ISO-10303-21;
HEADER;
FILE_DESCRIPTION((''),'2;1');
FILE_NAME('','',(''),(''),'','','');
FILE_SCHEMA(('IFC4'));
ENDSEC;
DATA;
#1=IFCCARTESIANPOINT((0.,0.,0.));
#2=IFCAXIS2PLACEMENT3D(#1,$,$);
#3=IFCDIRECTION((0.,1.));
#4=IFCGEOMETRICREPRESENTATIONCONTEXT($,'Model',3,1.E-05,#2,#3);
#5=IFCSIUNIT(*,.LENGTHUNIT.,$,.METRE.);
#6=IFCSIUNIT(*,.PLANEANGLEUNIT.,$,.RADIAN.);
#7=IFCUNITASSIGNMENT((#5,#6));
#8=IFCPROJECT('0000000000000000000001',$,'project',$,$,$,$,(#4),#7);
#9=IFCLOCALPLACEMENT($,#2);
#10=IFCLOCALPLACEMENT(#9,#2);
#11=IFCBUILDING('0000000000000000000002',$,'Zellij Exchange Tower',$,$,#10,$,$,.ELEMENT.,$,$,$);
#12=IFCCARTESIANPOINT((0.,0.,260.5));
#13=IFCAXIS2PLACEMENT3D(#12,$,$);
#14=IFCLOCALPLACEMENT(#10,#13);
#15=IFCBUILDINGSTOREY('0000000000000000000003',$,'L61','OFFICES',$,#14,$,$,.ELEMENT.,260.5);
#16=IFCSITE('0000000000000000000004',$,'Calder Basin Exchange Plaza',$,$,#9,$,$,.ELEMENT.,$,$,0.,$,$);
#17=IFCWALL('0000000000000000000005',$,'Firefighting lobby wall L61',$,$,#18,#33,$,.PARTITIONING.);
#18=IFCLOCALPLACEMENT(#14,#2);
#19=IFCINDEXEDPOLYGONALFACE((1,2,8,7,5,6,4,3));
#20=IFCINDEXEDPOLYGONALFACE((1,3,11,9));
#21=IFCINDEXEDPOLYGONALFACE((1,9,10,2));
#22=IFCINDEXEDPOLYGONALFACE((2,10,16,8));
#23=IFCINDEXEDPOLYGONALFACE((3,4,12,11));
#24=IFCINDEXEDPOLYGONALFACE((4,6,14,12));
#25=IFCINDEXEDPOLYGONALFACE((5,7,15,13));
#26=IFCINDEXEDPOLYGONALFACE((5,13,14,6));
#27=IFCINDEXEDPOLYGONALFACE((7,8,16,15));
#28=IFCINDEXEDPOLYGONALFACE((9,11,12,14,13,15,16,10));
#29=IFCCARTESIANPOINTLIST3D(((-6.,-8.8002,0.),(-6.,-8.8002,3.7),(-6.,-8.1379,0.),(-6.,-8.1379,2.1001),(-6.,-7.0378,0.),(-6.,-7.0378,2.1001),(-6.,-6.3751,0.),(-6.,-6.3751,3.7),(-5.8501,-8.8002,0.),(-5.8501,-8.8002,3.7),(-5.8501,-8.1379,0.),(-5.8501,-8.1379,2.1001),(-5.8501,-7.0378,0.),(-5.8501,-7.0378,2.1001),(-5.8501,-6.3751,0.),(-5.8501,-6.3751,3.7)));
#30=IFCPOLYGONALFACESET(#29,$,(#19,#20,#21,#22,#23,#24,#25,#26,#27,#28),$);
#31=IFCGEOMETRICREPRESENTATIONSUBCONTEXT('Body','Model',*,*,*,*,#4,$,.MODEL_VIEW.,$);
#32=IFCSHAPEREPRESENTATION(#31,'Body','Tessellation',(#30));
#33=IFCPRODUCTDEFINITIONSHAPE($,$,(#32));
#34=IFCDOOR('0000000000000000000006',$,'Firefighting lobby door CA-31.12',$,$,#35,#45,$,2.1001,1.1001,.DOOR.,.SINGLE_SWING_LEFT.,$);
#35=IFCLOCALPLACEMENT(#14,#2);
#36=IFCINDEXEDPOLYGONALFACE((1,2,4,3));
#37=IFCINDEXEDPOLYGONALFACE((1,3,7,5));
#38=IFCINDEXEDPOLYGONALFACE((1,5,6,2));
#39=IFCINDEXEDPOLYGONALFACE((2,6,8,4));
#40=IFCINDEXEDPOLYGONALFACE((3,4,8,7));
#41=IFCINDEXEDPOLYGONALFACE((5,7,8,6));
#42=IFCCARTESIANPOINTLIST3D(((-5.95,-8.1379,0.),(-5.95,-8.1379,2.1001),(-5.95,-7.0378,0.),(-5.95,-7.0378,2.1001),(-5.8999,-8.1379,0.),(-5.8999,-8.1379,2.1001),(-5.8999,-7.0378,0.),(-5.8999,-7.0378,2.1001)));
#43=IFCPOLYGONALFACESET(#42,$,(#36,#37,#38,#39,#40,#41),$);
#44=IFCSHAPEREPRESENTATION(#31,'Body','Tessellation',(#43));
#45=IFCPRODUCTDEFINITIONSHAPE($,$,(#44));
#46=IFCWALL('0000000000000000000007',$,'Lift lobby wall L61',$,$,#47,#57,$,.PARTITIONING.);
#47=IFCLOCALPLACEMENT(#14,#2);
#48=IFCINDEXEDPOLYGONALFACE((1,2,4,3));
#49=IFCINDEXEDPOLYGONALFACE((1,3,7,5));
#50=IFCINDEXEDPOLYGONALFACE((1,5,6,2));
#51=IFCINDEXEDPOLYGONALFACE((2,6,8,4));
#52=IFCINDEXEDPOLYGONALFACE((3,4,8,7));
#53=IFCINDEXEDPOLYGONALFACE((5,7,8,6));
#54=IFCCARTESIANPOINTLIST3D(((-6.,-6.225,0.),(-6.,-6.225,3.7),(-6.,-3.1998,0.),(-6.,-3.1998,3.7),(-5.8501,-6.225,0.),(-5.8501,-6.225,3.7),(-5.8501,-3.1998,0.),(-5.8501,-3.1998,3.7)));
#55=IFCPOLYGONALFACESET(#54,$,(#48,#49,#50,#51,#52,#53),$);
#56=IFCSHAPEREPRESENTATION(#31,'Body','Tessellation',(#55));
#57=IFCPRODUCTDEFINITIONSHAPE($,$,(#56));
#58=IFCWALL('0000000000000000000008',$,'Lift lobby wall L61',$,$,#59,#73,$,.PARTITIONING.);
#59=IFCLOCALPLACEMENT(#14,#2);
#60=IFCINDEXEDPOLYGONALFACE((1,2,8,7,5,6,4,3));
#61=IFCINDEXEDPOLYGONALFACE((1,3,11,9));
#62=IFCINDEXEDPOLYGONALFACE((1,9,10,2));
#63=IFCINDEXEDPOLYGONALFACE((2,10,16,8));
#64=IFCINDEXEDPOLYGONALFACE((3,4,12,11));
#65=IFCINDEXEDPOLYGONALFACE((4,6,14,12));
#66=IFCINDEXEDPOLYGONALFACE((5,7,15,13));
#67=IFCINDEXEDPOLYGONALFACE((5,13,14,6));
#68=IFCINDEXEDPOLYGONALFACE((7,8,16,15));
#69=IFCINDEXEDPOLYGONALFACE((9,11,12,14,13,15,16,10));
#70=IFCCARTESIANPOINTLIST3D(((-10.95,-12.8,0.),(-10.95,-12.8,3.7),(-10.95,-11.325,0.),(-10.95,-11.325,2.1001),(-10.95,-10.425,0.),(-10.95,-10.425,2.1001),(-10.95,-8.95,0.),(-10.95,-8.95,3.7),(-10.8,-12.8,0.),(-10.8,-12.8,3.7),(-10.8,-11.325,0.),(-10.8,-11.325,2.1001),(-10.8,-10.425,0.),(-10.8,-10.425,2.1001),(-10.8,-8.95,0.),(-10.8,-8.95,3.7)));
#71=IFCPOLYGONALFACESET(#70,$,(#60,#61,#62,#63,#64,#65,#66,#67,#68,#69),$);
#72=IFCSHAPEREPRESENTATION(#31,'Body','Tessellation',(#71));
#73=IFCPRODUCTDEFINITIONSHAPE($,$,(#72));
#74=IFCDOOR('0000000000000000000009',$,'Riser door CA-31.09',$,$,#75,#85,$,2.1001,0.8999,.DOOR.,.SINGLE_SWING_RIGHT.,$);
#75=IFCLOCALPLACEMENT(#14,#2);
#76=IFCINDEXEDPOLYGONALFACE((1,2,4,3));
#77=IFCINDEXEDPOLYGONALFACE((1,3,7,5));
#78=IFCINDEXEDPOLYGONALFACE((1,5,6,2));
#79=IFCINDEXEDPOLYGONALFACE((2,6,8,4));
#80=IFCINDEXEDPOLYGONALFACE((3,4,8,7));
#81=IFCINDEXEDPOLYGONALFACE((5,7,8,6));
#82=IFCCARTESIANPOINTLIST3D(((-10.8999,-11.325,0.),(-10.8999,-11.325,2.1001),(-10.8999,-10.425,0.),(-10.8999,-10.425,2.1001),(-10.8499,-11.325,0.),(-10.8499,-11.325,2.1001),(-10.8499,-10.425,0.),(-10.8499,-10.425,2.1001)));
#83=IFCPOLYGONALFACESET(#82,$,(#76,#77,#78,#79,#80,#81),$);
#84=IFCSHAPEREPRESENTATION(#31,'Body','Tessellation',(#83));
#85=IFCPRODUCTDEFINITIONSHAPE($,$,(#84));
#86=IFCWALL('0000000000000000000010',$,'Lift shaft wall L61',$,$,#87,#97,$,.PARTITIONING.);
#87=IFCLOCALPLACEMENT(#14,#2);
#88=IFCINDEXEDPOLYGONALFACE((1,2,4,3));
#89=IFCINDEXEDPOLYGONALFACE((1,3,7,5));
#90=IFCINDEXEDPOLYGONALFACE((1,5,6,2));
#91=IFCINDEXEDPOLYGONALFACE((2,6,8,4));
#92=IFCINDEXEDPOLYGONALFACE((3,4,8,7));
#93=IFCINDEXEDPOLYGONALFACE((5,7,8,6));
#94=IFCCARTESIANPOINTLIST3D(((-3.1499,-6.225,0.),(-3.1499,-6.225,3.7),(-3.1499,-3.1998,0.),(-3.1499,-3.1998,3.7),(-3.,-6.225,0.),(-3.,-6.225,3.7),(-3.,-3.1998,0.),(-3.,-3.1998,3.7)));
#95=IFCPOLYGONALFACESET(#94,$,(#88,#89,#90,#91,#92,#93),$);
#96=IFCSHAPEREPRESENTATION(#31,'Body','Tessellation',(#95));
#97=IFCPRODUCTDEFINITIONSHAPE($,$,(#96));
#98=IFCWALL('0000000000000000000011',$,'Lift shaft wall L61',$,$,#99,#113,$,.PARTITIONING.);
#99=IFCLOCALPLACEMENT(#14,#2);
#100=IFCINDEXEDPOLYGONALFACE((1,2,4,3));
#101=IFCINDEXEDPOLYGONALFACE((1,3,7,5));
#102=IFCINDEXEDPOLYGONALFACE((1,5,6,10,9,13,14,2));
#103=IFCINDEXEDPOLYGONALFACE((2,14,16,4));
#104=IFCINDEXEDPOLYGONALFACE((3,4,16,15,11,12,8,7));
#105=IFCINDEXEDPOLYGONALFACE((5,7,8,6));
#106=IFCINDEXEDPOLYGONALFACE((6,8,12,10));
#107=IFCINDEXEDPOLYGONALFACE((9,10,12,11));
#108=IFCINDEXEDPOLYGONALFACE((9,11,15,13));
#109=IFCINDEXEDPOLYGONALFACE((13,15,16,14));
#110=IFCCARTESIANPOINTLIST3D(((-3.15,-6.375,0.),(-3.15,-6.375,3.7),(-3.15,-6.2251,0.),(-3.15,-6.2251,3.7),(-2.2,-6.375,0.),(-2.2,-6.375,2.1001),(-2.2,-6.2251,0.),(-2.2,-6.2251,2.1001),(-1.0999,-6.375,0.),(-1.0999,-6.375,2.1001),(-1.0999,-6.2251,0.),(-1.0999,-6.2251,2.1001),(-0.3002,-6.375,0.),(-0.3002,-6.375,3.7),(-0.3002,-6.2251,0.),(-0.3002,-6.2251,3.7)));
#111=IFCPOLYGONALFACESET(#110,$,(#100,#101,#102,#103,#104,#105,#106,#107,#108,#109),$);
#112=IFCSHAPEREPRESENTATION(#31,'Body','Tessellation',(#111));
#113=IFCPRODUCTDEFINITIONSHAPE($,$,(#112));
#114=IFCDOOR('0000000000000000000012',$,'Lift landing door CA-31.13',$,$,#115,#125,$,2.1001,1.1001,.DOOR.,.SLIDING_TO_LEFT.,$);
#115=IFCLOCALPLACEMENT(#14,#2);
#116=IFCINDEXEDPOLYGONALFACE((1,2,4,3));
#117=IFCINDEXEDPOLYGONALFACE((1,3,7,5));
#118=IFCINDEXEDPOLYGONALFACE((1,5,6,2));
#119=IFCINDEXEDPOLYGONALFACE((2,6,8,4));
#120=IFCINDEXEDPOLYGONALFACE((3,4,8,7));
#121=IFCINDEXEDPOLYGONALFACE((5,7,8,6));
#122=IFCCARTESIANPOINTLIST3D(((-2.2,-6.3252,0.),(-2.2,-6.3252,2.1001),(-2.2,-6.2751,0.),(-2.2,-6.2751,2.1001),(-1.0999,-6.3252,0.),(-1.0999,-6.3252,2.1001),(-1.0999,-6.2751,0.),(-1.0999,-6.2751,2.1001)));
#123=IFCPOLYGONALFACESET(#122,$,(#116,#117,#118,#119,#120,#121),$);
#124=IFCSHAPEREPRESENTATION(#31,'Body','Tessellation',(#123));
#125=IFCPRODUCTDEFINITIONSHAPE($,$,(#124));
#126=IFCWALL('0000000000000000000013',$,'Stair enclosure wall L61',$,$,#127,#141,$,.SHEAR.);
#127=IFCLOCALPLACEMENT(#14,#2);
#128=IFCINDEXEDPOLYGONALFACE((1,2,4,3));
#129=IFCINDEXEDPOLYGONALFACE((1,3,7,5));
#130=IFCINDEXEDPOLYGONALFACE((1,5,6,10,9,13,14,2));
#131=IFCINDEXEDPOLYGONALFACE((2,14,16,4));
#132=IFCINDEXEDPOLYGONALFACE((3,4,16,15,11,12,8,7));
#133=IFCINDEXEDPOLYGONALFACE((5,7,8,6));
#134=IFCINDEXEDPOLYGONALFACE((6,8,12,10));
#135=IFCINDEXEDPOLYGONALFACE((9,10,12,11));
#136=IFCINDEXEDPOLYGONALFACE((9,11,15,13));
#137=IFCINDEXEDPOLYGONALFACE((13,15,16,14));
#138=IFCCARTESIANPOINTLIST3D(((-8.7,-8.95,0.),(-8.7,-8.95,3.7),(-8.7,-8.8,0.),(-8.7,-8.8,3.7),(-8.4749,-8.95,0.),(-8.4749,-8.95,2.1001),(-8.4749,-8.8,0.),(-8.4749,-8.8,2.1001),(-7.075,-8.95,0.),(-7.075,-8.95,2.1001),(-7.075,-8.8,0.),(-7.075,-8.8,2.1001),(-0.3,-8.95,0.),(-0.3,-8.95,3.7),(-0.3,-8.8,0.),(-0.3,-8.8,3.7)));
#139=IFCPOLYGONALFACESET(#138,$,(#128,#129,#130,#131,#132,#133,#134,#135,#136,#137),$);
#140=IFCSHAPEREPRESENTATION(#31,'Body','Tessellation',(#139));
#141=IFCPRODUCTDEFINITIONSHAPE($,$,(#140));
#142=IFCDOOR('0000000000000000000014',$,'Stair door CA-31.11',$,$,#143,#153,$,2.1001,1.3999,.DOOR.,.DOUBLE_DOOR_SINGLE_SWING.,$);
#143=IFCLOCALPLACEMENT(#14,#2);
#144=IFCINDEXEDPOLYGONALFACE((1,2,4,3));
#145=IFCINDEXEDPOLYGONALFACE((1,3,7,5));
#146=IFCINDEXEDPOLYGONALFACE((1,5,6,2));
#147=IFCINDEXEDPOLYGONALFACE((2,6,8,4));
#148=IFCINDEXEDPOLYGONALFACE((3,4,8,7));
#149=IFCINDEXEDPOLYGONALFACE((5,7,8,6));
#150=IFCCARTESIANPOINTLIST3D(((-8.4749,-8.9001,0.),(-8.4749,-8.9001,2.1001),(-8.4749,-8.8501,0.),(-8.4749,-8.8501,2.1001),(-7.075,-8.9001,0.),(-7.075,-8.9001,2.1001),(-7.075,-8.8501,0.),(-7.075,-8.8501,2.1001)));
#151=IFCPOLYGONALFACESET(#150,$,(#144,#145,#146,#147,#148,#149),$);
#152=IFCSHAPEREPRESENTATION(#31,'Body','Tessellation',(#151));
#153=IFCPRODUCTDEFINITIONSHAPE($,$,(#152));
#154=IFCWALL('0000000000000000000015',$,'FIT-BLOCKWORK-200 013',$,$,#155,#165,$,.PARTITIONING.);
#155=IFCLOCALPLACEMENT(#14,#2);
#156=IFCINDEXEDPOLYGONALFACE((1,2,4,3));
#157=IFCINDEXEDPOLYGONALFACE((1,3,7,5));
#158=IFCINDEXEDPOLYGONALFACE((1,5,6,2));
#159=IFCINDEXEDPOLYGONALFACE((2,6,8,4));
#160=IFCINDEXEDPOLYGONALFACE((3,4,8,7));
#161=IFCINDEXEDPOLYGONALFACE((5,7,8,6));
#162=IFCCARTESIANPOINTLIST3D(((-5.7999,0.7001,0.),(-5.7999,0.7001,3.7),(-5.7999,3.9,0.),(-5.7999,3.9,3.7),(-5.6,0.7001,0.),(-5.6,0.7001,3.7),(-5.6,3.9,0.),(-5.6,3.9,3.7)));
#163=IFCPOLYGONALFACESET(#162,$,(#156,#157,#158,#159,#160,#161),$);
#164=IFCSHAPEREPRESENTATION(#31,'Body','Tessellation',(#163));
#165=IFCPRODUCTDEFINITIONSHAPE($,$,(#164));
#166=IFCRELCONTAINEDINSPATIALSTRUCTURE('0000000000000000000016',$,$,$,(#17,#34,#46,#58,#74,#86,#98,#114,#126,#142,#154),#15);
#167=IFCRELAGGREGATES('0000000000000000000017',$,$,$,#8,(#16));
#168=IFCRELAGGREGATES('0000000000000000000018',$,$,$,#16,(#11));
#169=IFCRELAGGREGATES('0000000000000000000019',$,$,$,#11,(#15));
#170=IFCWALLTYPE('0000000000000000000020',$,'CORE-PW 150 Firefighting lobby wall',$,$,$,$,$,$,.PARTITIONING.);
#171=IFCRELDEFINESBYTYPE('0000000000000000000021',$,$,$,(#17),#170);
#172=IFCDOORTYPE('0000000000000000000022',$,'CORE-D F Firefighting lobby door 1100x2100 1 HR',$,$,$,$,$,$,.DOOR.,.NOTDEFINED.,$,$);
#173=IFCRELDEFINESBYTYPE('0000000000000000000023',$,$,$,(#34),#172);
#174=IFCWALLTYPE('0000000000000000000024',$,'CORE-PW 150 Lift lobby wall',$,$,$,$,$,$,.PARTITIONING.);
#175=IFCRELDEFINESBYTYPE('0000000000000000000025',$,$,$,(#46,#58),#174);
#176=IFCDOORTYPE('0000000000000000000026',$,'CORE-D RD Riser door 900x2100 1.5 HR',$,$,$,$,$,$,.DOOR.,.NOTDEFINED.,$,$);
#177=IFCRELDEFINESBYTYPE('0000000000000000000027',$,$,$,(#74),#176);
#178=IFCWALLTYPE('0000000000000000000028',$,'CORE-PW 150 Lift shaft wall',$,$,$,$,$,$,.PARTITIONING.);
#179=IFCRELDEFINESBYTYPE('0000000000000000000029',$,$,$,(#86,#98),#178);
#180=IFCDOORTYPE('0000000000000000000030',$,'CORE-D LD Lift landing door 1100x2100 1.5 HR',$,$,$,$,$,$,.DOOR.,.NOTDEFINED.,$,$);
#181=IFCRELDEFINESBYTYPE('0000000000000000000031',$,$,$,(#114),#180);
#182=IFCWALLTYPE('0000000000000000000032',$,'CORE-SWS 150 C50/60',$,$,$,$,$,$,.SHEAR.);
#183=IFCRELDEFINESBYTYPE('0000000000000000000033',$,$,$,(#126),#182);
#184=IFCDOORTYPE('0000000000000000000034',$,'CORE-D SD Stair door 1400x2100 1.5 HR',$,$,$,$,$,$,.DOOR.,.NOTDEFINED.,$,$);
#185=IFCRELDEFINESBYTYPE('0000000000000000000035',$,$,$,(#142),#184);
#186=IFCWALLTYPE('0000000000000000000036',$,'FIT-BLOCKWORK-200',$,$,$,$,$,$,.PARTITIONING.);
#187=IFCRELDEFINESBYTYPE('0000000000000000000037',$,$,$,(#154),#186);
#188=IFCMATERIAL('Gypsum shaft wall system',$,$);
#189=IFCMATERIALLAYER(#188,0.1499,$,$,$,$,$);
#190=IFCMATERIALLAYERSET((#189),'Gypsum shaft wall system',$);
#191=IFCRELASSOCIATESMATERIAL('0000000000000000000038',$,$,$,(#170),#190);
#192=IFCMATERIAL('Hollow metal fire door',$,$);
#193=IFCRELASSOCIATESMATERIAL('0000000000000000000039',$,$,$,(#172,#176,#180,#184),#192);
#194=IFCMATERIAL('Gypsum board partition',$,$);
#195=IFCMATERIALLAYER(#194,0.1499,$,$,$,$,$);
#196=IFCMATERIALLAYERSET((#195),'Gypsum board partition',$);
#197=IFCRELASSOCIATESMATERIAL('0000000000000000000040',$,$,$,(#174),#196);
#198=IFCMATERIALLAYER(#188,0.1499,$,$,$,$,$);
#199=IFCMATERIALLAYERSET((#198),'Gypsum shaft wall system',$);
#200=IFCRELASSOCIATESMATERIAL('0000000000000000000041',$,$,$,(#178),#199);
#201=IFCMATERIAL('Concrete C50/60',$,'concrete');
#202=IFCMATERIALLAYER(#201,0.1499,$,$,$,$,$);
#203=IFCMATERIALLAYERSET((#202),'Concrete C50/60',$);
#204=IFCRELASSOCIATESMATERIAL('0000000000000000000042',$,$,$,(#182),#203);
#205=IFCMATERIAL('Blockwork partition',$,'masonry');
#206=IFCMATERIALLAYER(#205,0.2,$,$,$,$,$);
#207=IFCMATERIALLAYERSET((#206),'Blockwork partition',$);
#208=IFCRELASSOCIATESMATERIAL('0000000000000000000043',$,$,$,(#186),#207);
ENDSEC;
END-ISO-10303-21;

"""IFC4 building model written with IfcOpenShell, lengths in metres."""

from ifc_helpers import new_model, si_unit, direction, frame, frame_2d, origin, place, context, subcontext, project, spatial, rectangle, extrude, material, layer, layer_set, type_object, element, fill, save


model = new_model("IFC4")

# Units and contexts
model_context = context("Model", 3, precision=1e-05, world=origin(), true_north=direction((0.0, 1.0)))
body_context = subcontext(model_context, "Body", "Model", "MODEL_VIEW")
ifc_project = project(units=[si_unit("LENGTHUNIT", "METRE"), si_unit("PLANEANGLEUNIT", "RADIAN")], contexts=[model_context])

# Site, building, storey
site_placement = place(None, origin())
site = spatial("IfcSite", under=ifc_project, at=site_placement, Name="Calder Basin Exchange Plaza", CompositionType="ELEMENT", RefElevation=0.0)
building_placement = place(site_placement, origin())
building = spatial("IfcBuilding", under=site, at=building_placement, Name="Zellij Exchange Tower", CompositionType="ELEMENT")
storey_placement = place(building_placement, frame((0.0, 0.0, 260.5)))
storey = spatial("IfcBuildingStorey", under=building, at=storey_placement, Name="L61", Description="OFFICES", CompositionType="ELEMENT", Elevation=260.5)

# Shared definitions
ifc_material_1 = material(Name="Concrete C50/60", Category="concrete")

# Wall, opening, door
ifc_material_2 = material(Name="Gypsum shaft wall system")
ifc_layer_1 = layer(ifc_material_2, 0.1499)
ifc_layer_set_1 = layer_set([ifc_layer_1], Name="Gypsum shaft wall system")
wall_type_1 = type_object("IfcWallType", Name="CORE-PW 150 Firefighting lobby wall", PredefinedType="PARTITIONING", material=ifc_layer_set_1)
wall_1_placement = place(storey_placement, frame((-5.925, -8.8, 0.0), z_axis=(0.0, 0.0, 1.0), x_axis=(0.0, 1.0, 0.0)))
wall_1 = element("IfcWall", 1, at=wall_1_placement, inside=storey, type_object=wall_type_1, Name="Firefighting lobby wall L61", PredefinedType="PARTITIONING", context=body_context, shape_type="SweptSolid", body=[
    extrude(rectangle(XDim=2.425, YDim=0.1499, at=frame_2d((1.2124, 0.0))), origin(), (0.0, 0.0, 1.0), 3.7),
])
opening_1_placement = place(wall_1_placement, frame((0.6621, 0.0, 0.0)))
opening_1 = element("IfcOpeningElement", 2, at=opening_1_placement, cuts=wall_1, PredefinedType="OPENING", context=body_context, shape_type="SweptSolid", body=[
    extrude(rectangle(XDim=1.1001, YDim=2.1001, at=frame_2d((0.55, 1.05))), frame((0.0, 0.0869, 0.0), z_axis=(0.0, -1.0, 0.0), x_axis=(1.0, 0.0, 0.0)), (0.0, 0.0, 1.0), 0.1738),
])
ifc_material_3 = material(Name="Hollow metal fire door")
door_type_1 = type_object("IfcDoorType", Name="CORE-D F Firefighting lobby door 1100x2100 1 HR", OperationType="NOTDEFINED", PredefinedType="DOOR", material=ifc_material_3)
door_1_placement = place(opening_1_placement, origin())
door_1 = element("IfcDoor", 3, at=door_1_placement, inside=storey, type_object=door_type_1, Name="Firefighting lobby door CA-31.12", OperationType="SINGLE_SWING_LEFT", OverallHeight=2.1001, OverallWidth=1.1001, PredefinedType="DOOR", context=body_context, shape_type="SweptSolid", body=[
    extrude(rectangle(XDim=1.1001, YDim=2.1001, at=frame_2d((0.55, 1.05))), frame((0.0, 0.0249, 0.0), z_axis=(0.0, -1.0, 0.0), x_axis=(1.0, 0.0, 0.0)), (0.0, 0.0, 1.0), 0.05),
])
fill(opening_1, door_1)

# Wall
ifc_material_4 = material(Name="Gypsum board partition")
ifc_layer_2 = layer(ifc_material_4, 0.1499)
ifc_layer_set_2 = layer_set([ifc_layer_2], Name="Gypsum board partition")
wall_type_2 = type_object("IfcWallType", Name="CORE-PW 150 Lift lobby wall", PredefinedType="PARTITIONING", material=ifc_layer_set_2)
wall_2_placement = place(storey_placement, frame((-5.925, -6.2251, 0.0), z_axis=(0.0, 0.0, 1.0), x_axis=(0.0, 1.0, 0.0)))
element("IfcWall", 4, at=wall_2_placement, inside=storey, type_object=wall_type_2, Name="Lift lobby wall L61", PredefinedType="PARTITIONING", context=body_context, shape_type="SweptSolid", body=[
    extrude(rectangle(XDim=3.0251, YDim=0.1499, at=frame_2d((1.5127, 0.0))), origin(), (0.0, 0.0, 1.0), 3.7),
])

# Wall, opening, door
wall_3_placement = place(storey_placement, frame((-10.875, -12.8, 0.0), z_axis=(0.0, 0.0, 1.0), x_axis=(0.0, 1.0, 0.0)))
wall_3 = element("IfcWall", 5, at=wall_3_placement, inside=storey, type_object=wall_type_2, Name="Lift lobby wall L61", PredefinedType="PARTITIONING", context=body_context, shape_type="SweptSolid", body=[
    extrude(rectangle(XDim=3.8501, YDim=0.1499, at=frame_2d((1.925, 0.0))), origin(), (0.0, 0.0, 1.0), 3.7),
])
opening_2_placement = place(wall_3_placement, frame((1.4751, 0.0, 0.0)))
opening_2 = element("IfcOpeningElement", 6, at=opening_2_placement, cuts=wall_3, PredefinedType="OPENING", context=body_context, shape_type="SweptSolid", body=[
    extrude(rectangle(XDim=0.8999, YDim=2.1001, at=frame_2d((0.45, 1.05))), frame((0.0, 0.0869, 0.0), z_axis=(0.0, -1.0, 0.0), x_axis=(1.0, 0.0, 0.0)), (0.0, 0.0, 1.0), 0.1738),
])
door_type_2 = type_object("IfcDoorType", Name="CORE-D RD Riser door 900x2100 1.5 HR", OperationType="NOTDEFINED", PredefinedType="DOOR", material=ifc_material_3)
door_2_placement = place(opening_2_placement, origin())
door_2 = element("IfcDoor", 7, at=door_2_placement, inside=storey, type_object=door_type_2, Name="Riser door CA-31.09", OperationType="SINGLE_SWING_RIGHT", OverallHeight=2.1001, OverallWidth=0.8999, PredefinedType="DOOR", context=body_context, shape_type="SweptSolid", body=[
    extrude(rectangle(XDim=0.8999, YDim=2.1001, at=frame_2d((0.45, 1.05))), frame((0.0, 0.0249, 0.0), z_axis=(0.0, -1.0, 0.0), x_axis=(1.0, 0.0, 0.0)), (0.0, 0.0, 1.0), 0.05),
])
fill(opening_2, door_2)

# Wall
ifc_layer_3 = layer(ifc_material_2, 0.1499)
ifc_layer_set_3 = layer_set([ifc_layer_3], Name="Gypsum shaft wall system")
wall_type_3 = type_object("IfcWallType", Name="CORE-PW 150 Lift shaft wall", PredefinedType="PARTITIONING", material=ifc_layer_set_3)
wall_4_placement = place(storey_placement, frame((-3.075, -6.2251, 0.0), z_axis=(0.0, 0.0, 1.0), x_axis=(0.0, 1.0, 0.0)))
element("IfcWall", 8, at=wall_4_placement, inside=storey, type_object=wall_type_3, Name="Lift shaft wall L61", PredefinedType="PARTITIONING", context=body_context, shape_type="SweptSolid", body=[
    extrude(rectangle(XDim=3.0251, YDim=0.1499, at=frame_2d((1.5127, 0.0))), origin(), (0.0, 0.0, 1.0), 3.7),
])

# Walls, openings, doors
wall_5_placement = place(storey_placement, frame((-3.1499, -6.3, 0.0), z_axis=(0.0, 0.0, 1.0), x_axis=(1.0, 0.0, 0.0)))
wall_5 = element("IfcWall", 9, at=wall_5_placement, inside=storey, type_object=wall_type_3, Name="Lift shaft wall L61", PredefinedType="PARTITIONING", context=body_context, shape_type="SweptSolid", body=[
    extrude(rectangle(XDim=2.8499, YDim=0.1499, at=frame_2d((1.4248, 0.0))), origin(), (0.0, 0.0, 1.0), 3.7),
])
opening_3_placement = place(wall_5_placement, frame((0.95, 0.0, 0.0)))
opening_3 = element("IfcOpeningElement", 10, at=opening_3_placement, cuts=wall_5, PredefinedType="OPENING", context=body_context, shape_type="SweptSolid", body=[
    extrude(rectangle(XDim=1.1001, YDim=2.1001, at=frame_2d((0.55, 1.05))), frame((0.0, 0.0869, 0.0), z_axis=(0.0, -1.0, 0.0), x_axis=(1.0, 0.0, 0.0)), (0.0, 0.0, 1.0), 0.1738),
])
door_type_3 = type_object("IfcDoorType", Name="CORE-D LD Lift landing door 1100x2100 1.5 HR", OperationType="NOTDEFINED", PredefinedType="DOOR", material=ifc_material_3)
door_3_placement = place(opening_3_placement, origin())
door_3 = element("IfcDoor", 11, at=door_3_placement, inside=storey, type_object=door_type_3, Name="Lift landing door CA-31.13", OperationType="SLIDING_TO_LEFT", OverallHeight=2.1001, OverallWidth=1.1001, PredefinedType="DOOR", context=body_context, shape_type="SweptSolid", body=[
    extrude(rectangle(XDim=1.1001, YDim=2.1001, at=frame_2d((0.55, 1.05))), frame((0.0, 0.0249, 0.0), z_axis=(0.0, -1.0, 0.0), x_axis=(1.0, 0.0, 0.0)), (0.0, 0.0, 1.0), 0.05),
])
fill(opening_3, door_3)
ifc_layer_4 = layer(ifc_material_1, 0.1499)
ifc_layer_set_4 = layer_set([ifc_layer_4], Name="Concrete C50/60")
wall_type_4 = type_object("IfcWallType", Name="CORE-SWS 150 C50/60", PredefinedType="SHEAR", material=ifc_layer_set_4)
wall_6_placement = place(storey_placement, frame((-8.7, -8.875, 0.0), z_axis=(0.0, 0.0, 1.0), x_axis=(1.0, 0.0, 0.0)))
wall_6 = element("IfcWall", 12, at=wall_6_placement, inside=storey, type_object=wall_type_4, Name="Stair enclosure wall L61", PredefinedType="SHEAR", context=body_context, shape_type="SweptSolid", body=[
    extrude(rectangle(XDim=8.3999, YDim=0.1499, at=frame_2d((4.2, 0.0))), origin(), (0.0, 0.0, 1.0), 3.7),
])
opening_4_placement = place(wall_6_placement, frame((0.2251, 0.0, 0.0)))
opening_4 = element("IfcOpeningElement", 13, at=opening_4_placement, cuts=wall_6, PredefinedType="OPENING", context=body_context, shape_type="SweptSolid", body=[
    extrude(rectangle(XDim=1.3999, YDim=2.1001, at=frame_2d((0.7, 1.05))), frame((0.0, 0.0869, 0.0), z_axis=(0.0, -1.0, 0.0), x_axis=(1.0, 0.0, 0.0)), (0.0, 0.0, 1.0), 0.1738),
])
door_type_4 = type_object("IfcDoorType", Name="CORE-D SD Stair door 1400x2100 1.5 HR", OperationType="NOTDEFINED", PredefinedType="DOOR", material=ifc_material_3)
door_4_placement = place(opening_4_placement, origin())
door_4 = element("IfcDoor", 14, at=door_4_placement, inside=storey, type_object=door_type_4, Name="Stair door CA-31.11", OperationType="DOUBLE_DOOR_SINGLE_SWING", OverallHeight=2.1001, OverallWidth=1.3999, PredefinedType="DOOR", context=body_context, shape_type="SweptSolid", body=[
    extrude(rectangle(XDim=1.3999, YDim=2.1001, at=frame_2d((0.7, 1.05))), frame((0.0, 0.0249, 0.0), z_axis=(0.0, -1.0, 0.0), x_axis=(1.0, 0.0, 0.0)), (0.0, 0.0, 1.0), 0.05),
])
fill(opening_4, door_4)

# Wall
ifc_material_5 = material(Name="Blockwork partition", Category="masonry")
ifc_layer_5 = layer(ifc_material_5, 0.2)
ifc_layer_set_5 = layer_set([ifc_layer_5], Name="Blockwork partition")
wall_type_5 = type_object("IfcWallType", Name="FIT-BLOCKWORK-200", PredefinedType="PARTITIONING", material=ifc_layer_set_5)
wall_7_placement = place(storey_placement, frame((-5.7, 0.7, 0.0), z_axis=(0.0, 0.0, 1.0), x_axis=(0.0, 1.0, 0.0)))
element("IfcWall", 15, at=wall_7_placement, inside=storey, type_object=wall_type_5, Name="FIT-BLOCKWORK-200 013", PredefinedType="PARTITIONING", context=body_context, shape_type="SweptSolid", body=[
    extrude(rectangle(XDim=3.2, YDim=0.2, at=frame_2d((1.6001, 0.0))), origin(), (0.0, 0.0, 1.0), 3.7),
])

save(model, "model.ifc")
